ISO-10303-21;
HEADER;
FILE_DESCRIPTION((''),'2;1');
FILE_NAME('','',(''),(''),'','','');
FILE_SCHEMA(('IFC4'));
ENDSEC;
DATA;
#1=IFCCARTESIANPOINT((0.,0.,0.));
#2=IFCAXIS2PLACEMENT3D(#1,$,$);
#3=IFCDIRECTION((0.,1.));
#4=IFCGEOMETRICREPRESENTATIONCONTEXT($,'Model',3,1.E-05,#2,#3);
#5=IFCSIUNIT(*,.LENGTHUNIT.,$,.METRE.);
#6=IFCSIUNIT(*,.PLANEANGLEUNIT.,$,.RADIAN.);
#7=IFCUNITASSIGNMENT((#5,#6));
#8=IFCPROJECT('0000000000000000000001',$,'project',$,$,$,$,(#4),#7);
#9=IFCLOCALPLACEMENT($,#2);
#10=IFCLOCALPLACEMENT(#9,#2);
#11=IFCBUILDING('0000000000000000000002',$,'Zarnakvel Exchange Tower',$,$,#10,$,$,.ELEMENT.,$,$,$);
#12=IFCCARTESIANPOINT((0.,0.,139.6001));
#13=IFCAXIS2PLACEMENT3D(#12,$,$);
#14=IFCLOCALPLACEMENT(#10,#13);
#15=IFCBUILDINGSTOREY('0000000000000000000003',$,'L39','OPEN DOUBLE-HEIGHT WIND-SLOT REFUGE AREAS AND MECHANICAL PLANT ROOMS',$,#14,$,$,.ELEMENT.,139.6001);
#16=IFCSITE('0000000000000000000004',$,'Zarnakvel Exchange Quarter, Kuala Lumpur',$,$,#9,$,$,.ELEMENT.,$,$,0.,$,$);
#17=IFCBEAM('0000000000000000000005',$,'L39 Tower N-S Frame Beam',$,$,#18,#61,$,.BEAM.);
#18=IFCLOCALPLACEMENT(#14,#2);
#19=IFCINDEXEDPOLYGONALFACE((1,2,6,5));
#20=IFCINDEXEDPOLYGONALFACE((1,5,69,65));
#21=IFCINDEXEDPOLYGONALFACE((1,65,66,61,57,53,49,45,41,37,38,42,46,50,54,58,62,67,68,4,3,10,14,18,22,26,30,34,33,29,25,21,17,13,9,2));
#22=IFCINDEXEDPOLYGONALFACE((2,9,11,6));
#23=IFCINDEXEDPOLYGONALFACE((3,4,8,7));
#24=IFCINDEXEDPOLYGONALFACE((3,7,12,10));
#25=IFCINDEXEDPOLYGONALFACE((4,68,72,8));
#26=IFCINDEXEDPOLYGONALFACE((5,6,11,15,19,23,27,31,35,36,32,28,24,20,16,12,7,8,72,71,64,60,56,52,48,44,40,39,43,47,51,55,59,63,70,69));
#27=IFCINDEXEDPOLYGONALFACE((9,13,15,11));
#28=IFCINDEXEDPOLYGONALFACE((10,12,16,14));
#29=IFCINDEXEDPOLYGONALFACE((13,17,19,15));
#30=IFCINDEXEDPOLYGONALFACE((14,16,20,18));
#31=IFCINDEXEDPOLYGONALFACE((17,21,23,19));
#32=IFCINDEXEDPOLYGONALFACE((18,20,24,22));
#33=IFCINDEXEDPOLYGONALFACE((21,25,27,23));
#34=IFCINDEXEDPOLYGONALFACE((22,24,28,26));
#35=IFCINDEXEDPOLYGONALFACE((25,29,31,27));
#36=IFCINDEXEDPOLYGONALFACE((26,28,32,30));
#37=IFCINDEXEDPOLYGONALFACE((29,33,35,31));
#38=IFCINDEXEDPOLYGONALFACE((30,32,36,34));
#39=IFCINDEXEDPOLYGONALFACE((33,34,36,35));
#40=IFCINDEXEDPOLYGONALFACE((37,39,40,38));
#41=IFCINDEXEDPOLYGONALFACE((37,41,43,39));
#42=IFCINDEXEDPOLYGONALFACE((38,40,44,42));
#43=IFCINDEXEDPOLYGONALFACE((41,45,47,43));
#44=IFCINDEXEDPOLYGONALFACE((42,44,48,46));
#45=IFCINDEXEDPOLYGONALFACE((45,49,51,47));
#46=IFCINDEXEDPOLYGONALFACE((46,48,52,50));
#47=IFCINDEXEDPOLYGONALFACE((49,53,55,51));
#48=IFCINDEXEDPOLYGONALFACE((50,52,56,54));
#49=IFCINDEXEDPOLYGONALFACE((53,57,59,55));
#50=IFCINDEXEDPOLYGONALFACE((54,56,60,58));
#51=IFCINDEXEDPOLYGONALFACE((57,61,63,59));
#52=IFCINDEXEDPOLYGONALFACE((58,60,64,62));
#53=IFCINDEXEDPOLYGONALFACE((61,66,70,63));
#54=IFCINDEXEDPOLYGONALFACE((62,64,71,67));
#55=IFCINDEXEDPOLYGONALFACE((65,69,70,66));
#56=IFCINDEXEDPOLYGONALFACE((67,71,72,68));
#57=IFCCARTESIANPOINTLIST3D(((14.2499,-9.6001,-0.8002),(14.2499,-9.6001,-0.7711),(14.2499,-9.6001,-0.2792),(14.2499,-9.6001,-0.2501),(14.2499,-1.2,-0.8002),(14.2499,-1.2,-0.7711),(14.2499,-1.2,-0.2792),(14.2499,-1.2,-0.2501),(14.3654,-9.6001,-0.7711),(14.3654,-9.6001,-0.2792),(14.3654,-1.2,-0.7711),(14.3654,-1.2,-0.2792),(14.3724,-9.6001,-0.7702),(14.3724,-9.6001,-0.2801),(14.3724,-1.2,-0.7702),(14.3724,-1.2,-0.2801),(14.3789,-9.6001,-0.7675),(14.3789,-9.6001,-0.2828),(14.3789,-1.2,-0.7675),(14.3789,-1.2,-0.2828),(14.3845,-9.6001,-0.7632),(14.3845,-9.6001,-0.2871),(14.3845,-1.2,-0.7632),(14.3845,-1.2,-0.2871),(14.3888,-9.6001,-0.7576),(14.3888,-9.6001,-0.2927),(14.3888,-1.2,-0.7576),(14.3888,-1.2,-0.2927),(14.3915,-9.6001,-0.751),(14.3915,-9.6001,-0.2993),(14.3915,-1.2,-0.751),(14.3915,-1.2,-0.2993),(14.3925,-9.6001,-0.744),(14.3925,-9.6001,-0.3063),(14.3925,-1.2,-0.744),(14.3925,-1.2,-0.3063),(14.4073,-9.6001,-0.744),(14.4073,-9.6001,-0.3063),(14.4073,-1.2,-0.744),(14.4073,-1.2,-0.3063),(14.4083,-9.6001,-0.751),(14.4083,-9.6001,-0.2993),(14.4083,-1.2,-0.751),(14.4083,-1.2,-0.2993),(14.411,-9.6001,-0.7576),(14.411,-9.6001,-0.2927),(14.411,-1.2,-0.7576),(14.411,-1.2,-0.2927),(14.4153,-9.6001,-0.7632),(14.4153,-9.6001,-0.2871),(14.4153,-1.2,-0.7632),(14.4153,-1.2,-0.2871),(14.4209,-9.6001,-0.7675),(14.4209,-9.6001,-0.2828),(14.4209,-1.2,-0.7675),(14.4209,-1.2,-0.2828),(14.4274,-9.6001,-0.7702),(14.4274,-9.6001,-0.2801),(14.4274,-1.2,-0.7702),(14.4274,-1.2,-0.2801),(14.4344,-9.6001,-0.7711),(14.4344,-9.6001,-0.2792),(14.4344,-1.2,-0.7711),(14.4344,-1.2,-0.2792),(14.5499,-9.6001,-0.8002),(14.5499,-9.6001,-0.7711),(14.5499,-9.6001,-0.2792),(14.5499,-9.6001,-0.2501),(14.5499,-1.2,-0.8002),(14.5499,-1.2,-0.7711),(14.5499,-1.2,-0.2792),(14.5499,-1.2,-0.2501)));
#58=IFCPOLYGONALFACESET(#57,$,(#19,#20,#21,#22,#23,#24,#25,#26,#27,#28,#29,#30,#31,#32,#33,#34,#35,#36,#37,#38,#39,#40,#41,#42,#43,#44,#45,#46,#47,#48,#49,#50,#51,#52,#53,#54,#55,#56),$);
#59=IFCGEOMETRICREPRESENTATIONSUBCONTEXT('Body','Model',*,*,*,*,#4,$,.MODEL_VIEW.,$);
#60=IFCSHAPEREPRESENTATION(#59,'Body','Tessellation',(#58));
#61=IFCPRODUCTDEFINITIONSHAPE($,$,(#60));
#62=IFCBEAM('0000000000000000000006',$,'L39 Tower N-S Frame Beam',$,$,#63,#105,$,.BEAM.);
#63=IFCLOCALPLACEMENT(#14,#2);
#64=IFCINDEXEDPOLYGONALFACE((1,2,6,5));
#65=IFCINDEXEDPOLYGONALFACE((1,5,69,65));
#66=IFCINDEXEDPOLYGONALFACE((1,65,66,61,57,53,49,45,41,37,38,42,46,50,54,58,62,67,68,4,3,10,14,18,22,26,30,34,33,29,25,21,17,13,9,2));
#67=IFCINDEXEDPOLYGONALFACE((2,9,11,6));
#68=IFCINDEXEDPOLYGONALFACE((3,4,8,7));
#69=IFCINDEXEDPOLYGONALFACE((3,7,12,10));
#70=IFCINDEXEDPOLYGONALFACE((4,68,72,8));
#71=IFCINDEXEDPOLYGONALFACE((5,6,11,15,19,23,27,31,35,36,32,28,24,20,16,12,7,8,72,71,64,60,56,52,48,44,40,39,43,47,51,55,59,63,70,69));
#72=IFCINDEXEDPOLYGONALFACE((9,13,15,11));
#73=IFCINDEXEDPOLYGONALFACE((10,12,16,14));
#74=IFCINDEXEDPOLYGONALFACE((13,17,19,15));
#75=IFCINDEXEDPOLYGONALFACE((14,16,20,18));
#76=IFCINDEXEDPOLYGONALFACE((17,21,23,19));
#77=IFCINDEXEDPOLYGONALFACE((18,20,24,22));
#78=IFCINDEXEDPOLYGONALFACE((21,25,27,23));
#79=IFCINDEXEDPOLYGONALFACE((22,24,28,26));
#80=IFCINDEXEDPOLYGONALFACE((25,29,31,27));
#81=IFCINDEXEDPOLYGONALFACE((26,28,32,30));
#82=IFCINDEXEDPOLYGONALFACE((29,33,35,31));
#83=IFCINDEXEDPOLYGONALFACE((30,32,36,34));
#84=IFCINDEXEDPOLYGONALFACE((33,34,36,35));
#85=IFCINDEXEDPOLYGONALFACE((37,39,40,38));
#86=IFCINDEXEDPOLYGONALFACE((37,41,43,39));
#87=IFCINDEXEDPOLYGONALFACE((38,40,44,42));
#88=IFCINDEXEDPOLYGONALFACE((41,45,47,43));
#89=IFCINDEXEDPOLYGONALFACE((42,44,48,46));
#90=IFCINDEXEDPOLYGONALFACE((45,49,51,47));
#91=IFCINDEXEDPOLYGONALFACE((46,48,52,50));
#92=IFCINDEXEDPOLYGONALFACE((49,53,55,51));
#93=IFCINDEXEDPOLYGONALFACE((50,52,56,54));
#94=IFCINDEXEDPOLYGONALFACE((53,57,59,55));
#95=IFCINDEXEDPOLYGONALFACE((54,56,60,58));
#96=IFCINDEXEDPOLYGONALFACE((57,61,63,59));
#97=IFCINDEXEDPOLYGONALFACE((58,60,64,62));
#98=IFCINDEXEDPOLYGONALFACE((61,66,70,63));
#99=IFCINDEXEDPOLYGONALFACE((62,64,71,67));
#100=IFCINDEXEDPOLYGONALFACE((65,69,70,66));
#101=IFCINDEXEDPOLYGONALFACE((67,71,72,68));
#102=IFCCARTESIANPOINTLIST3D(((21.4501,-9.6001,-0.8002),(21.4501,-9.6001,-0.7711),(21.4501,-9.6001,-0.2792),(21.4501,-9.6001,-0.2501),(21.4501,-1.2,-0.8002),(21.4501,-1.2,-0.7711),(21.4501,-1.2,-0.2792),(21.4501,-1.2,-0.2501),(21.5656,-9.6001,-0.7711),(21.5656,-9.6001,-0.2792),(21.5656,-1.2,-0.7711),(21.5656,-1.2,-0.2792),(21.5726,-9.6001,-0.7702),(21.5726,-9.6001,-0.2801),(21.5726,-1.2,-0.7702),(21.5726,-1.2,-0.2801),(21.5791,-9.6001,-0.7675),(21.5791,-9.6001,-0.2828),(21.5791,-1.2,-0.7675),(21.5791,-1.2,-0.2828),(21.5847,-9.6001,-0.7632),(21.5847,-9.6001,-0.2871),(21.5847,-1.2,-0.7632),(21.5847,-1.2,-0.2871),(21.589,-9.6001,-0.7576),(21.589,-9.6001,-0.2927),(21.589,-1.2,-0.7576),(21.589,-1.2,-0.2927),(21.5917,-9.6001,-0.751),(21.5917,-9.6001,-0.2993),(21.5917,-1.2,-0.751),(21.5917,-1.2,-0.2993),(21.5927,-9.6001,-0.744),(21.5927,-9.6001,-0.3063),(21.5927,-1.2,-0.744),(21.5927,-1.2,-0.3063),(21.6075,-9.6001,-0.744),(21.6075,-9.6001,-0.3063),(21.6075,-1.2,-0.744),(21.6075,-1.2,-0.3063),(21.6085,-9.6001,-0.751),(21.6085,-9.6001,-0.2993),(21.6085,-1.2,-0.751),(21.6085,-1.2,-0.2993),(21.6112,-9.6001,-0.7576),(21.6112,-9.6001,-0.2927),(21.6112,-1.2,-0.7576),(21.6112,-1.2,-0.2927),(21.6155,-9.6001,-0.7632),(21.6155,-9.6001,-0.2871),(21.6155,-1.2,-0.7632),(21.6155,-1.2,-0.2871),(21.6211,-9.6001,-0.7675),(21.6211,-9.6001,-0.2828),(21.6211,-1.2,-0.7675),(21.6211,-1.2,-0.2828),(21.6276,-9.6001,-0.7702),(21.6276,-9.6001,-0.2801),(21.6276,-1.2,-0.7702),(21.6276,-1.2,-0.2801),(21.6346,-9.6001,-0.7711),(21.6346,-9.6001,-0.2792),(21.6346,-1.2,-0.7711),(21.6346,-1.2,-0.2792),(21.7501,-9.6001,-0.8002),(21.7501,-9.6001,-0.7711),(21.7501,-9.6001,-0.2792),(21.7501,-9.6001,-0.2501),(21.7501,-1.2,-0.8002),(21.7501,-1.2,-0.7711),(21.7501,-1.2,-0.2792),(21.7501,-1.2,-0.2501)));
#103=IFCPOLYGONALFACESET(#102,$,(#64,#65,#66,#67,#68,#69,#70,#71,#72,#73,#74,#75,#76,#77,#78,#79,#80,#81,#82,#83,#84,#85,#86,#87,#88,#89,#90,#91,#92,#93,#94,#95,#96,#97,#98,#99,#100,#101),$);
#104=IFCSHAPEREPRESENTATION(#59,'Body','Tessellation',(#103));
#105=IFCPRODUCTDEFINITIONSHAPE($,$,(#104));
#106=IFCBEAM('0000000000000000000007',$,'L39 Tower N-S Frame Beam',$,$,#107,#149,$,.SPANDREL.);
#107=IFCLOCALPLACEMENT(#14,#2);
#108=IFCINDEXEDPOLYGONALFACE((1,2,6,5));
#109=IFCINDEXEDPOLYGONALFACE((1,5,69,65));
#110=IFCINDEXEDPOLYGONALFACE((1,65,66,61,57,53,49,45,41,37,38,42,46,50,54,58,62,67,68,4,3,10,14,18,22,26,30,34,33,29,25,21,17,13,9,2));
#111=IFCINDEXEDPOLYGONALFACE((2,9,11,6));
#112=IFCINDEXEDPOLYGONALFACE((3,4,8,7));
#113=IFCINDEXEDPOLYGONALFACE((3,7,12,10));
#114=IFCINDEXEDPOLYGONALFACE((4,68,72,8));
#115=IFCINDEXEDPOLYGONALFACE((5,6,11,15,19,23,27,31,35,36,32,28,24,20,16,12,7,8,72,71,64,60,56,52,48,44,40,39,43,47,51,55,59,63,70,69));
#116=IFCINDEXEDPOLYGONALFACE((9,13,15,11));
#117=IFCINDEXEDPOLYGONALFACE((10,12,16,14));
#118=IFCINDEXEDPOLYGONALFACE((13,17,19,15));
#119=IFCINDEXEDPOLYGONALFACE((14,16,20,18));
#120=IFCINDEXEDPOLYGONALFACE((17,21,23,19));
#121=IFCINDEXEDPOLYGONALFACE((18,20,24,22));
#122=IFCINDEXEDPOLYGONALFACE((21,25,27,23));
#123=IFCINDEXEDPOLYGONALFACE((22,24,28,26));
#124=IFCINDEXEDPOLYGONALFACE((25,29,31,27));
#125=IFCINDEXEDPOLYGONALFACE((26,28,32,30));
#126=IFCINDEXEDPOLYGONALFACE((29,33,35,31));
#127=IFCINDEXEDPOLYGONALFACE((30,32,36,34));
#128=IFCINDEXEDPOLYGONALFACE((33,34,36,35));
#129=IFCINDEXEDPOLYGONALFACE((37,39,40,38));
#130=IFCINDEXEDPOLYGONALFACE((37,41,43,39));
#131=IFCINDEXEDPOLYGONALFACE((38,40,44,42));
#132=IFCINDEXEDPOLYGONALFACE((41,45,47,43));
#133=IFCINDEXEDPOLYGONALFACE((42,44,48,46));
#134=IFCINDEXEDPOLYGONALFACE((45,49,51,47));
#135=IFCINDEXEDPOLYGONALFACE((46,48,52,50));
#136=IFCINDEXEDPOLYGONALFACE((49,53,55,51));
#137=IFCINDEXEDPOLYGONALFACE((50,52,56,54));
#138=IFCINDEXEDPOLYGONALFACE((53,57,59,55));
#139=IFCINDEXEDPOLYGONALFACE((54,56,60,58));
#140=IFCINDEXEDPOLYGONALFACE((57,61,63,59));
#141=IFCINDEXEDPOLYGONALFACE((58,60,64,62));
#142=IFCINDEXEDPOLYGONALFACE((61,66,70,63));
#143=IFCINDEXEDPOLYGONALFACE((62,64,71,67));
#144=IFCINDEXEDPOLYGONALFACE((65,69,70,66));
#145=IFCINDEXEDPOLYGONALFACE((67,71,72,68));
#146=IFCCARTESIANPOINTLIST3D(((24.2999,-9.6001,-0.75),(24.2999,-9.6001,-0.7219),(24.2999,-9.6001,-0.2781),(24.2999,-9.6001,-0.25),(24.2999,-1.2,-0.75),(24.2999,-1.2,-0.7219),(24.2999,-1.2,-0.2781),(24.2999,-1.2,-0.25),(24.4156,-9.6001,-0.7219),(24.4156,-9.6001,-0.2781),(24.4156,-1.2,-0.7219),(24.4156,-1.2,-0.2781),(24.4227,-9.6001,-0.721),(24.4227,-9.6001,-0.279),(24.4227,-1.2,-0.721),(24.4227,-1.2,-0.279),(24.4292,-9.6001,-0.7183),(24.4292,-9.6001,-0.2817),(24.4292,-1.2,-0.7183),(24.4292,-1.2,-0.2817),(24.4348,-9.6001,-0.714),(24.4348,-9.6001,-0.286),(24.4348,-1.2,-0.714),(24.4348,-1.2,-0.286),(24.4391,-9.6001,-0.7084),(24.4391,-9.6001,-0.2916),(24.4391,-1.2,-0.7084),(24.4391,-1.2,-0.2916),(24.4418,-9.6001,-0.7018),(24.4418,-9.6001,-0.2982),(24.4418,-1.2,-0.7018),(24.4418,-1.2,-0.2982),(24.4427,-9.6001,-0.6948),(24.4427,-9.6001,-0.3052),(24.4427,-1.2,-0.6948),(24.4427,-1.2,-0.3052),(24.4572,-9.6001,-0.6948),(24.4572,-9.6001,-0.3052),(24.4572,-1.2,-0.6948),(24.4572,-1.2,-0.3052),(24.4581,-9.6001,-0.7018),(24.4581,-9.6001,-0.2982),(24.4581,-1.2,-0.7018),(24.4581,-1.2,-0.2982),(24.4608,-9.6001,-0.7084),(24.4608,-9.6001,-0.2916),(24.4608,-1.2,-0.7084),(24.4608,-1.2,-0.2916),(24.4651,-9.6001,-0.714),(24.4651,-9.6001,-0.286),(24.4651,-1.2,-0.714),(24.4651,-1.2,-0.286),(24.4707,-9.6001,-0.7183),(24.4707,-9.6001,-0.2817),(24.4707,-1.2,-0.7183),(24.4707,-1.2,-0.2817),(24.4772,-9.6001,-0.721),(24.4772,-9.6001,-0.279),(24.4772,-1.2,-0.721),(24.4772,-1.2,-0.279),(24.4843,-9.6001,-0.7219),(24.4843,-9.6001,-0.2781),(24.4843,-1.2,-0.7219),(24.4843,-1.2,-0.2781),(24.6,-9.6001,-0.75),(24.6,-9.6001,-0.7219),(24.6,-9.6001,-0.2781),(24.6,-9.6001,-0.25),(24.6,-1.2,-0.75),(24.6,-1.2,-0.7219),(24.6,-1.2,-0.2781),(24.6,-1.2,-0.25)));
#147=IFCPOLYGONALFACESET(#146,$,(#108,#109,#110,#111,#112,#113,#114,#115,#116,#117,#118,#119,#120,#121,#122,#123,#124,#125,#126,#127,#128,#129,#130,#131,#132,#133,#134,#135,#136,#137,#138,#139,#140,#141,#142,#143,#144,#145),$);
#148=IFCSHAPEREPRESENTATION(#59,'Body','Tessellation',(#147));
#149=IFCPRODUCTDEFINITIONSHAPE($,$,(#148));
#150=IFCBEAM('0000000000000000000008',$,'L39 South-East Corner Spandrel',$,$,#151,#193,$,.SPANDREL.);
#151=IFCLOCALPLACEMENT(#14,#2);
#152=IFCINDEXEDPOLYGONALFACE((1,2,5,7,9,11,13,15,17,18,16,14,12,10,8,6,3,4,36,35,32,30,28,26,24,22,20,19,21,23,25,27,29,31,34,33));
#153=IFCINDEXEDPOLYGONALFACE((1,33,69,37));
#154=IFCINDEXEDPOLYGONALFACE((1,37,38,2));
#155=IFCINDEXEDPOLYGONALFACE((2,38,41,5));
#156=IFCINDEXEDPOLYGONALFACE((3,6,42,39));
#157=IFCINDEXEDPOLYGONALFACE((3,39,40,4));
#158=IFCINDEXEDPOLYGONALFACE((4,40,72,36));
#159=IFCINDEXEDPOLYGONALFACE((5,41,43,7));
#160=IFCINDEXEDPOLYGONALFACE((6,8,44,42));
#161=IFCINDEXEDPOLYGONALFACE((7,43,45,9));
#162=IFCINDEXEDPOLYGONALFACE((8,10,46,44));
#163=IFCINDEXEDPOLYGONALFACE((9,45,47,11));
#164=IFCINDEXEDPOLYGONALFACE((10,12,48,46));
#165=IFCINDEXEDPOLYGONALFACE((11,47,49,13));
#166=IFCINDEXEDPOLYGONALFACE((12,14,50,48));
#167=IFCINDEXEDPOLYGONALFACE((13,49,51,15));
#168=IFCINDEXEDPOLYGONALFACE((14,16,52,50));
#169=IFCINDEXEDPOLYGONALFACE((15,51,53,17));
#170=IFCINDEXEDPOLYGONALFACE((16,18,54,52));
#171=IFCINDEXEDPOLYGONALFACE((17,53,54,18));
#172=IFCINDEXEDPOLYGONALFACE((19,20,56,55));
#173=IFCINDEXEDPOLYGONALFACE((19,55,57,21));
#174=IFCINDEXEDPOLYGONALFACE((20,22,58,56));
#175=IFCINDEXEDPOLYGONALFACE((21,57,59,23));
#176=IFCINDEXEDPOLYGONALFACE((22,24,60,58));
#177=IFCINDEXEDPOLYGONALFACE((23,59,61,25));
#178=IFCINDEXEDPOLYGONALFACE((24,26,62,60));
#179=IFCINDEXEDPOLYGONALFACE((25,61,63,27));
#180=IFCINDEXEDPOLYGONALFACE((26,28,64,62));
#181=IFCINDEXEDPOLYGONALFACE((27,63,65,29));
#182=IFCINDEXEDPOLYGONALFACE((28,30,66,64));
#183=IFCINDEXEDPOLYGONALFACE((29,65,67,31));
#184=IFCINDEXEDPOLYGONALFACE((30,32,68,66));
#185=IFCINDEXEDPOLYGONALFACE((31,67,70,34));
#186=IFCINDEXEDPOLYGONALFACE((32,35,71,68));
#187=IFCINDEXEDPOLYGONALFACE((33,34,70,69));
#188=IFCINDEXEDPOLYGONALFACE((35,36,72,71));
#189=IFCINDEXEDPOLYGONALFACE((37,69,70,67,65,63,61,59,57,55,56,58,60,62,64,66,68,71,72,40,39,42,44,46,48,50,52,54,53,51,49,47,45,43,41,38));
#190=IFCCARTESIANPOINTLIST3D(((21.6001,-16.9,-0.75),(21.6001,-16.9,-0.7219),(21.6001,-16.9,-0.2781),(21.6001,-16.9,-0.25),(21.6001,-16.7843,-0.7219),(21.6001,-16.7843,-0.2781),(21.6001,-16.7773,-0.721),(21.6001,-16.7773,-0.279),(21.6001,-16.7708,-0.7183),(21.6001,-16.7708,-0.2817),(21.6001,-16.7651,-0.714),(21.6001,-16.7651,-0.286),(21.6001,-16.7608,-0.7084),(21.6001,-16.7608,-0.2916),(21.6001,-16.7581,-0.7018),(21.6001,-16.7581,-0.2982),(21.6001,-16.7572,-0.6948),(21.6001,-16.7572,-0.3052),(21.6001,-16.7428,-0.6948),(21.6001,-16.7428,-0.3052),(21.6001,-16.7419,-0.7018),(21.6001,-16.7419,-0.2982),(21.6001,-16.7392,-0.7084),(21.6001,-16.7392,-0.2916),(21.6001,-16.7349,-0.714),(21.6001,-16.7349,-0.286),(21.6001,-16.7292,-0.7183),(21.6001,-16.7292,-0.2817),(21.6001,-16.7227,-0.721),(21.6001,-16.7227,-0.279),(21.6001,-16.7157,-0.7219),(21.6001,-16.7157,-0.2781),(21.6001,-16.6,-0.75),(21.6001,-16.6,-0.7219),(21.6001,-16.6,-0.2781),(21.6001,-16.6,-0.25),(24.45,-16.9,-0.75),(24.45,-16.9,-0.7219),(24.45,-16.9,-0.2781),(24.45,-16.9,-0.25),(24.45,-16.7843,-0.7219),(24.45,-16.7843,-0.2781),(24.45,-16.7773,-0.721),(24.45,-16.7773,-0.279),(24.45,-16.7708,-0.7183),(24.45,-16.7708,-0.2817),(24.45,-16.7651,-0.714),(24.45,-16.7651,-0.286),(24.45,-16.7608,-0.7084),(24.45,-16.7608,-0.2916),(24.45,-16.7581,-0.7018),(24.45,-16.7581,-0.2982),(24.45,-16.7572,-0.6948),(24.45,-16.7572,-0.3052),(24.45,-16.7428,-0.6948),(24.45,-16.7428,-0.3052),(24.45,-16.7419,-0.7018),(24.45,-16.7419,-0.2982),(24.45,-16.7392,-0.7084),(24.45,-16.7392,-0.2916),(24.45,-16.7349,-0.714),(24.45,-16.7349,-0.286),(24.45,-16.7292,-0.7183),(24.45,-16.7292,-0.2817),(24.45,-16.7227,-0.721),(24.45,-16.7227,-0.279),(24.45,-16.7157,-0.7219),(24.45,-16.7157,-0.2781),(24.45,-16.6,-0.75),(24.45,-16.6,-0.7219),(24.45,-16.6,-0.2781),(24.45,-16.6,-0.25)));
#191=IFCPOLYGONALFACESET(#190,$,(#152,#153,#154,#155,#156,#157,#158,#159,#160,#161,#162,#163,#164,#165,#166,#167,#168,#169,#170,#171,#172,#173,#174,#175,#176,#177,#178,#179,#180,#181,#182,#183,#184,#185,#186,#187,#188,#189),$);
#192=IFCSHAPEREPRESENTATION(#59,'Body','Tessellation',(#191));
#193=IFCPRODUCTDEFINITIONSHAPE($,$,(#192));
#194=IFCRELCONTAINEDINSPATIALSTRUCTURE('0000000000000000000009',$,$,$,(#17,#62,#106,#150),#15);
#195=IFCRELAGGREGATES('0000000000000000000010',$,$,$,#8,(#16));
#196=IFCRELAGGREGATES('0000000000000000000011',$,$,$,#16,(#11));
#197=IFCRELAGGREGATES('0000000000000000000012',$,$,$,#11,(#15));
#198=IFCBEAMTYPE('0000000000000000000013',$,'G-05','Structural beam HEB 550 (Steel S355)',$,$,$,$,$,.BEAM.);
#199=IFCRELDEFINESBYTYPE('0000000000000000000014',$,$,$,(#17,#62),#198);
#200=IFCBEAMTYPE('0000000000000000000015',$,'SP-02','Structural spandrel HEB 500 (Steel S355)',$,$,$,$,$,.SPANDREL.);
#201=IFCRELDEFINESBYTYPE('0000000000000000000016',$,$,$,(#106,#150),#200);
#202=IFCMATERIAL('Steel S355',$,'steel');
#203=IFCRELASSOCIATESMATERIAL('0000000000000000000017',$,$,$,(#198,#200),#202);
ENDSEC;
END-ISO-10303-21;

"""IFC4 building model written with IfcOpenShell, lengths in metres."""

from ifc_helpers import new_model, si_unit, direction, frame, origin, origin_2d, place, context, subcontext, project, spatial, i_section, extrude, material, material_profile, profile_set, type_object, element, save


model = new_model("IFC4")

# Units and contexts
model_context = context("Model", 3, precision=1e-05, world=origin(), true_north=direction((0.0, 1.0)))
body_context = subcontext(model_context, "Body", "Model", "MODEL_VIEW")
ifc_project = project(units=[si_unit("LENGTHUNIT", "METRE"), si_unit("PLANEANGLEUNIT", "RADIAN")], contexts=[model_context])

# Site, building, storey
site_placement = place(None, origin())
site = spatial("IfcSite", under=ifc_project, at=site_placement, Name="Zarnakvel Exchange Quarter, Kuala Lumpur", CompositionType="ELEMENT", RefElevation=0.0)
building_placement = place(site_placement, origin())
building = spatial("IfcBuilding", under=site, at=building_placement, Name="Zarnakvel Exchange Tower", CompositionType="ELEMENT")
storey_placement = place(building_placement, frame((0.0, 0.0, 139.6001)))
storey = spatial("IfcBuildingStorey", under=building, at=storey_placement, Name="L39", Description="OPEN DOUBLE-HEIGHT WIND-SLOT REFUGE AREAS AND MECHANICAL PLANT ROOMS", CompositionType="ELEMENT", Elevation=139.6001)

# Shared definitions
ifc_material_1 = material(Name="Steel S355", Category="steel")

# Beams
ifc_material_profile_1 = material_profile(ifc_material_1, i_section(OverallWidth=0.3, OverallDepth=0.55, WebThickness=0.0149, FlangeThickness=0.0291, FilletRadius=0.0271, at=origin_2d()))
ifc_profile_set_1 = profile_set([ifc_material_profile_1], Name="Steel S355")
beam_type_1 = type_object("IfcBeamType", Name="G-05", Description="Structural beam HEB 550 (Steel S355)", PredefinedType="BEAM", material=ifc_profile_set_1)
for number, where, z_axis, x_axis, name in (
    (1, (14.3999, -9.6001, -0.5251), (0.0, 1.0, 0.0), (-1.0, 0.0, 0.0), "L39 Tower N-S Frame Beam"),
    (2, (21.6001, -9.6001, -0.5251), (0.0, 1.0, 0.0), (-1.0, 0.0, 0.0), "L39 Tower N-S Frame Beam"),
):
    element("IfcBeam", number, at=place(storey_placement, frame(where, z_axis=z_axis, x_axis=x_axis)), inside=storey, type_object=beam_type_1, Name=name, PredefinedType="BEAM", context=body_context, shape_type="SweptSolid", body=[
        extrude(i_section(OverallWidth=0.3, OverallDepth=0.55, WebThickness=0.0149, FlangeThickness=0.0291, FilletRadius=0.0271, at=origin_2d()), origin(), (0.0, 0.0, 1.0), 8.4001),
    ])
ifc_material_profile_2 = material_profile(ifc_material_1, i_section(OverallWidth=0.3, OverallDepth=0.5, WebThickness=0.0144, FlangeThickness=0.0281, FilletRadius=0.0271, at=origin_2d()))
ifc_profile_set_2 = profile_set([ifc_material_profile_2], Name="Steel S355")
beam_type_2 = type_object("IfcBeamType", Name="SP-02", Description="Structural spandrel HEB 500 (Steel S355)", PredefinedType="SPANDREL", material=ifc_profile_set_2)
beam_1_placement = place(storey_placement, frame((24.45, -9.6001, -0.5), z_axis=(0.0, 1.0, 0.0), x_axis=(-1.0, 0.0, 0.0)))
element("IfcBeam", 3, at=beam_1_placement, inside=storey, type_object=beam_type_2, Name="L39 Tower N-S Frame Beam", PredefinedType="SPANDREL", context=body_context, shape_type="SweptSolid", body=[
    extrude(i_section(OverallWidth=0.3, OverallDepth=0.5, WebThickness=0.0144, FlangeThickness=0.0281, FilletRadius=0.0271, at=origin_2d()), origin(), (0.0, 0.0, 1.0), 8.4001),
])
beam_2_placement = place(storey_placement, frame((21.6001, -16.75, -0.5), z_axis=(1.0, 0.0, 0.0), x_axis=(0.0, 1.0, 0.0)))
element("IfcBeam", 4, at=beam_2_placement, inside=storey, type_object=beam_type_2, Name="L39 South-East Corner Spandrel", PredefinedType="SPANDREL", context=body_context, shape_type="SweptSolid", body=[
    extrude(i_section(OverallWidth=0.3, OverallDepth=0.5, WebThickness=0.0144, FlangeThickness=0.0281, FilletRadius=0.0271, at=origin_2d()), origin(), (0.0, 0.0, 1.0), 2.8499),
])

save(model, "model.ifc")
